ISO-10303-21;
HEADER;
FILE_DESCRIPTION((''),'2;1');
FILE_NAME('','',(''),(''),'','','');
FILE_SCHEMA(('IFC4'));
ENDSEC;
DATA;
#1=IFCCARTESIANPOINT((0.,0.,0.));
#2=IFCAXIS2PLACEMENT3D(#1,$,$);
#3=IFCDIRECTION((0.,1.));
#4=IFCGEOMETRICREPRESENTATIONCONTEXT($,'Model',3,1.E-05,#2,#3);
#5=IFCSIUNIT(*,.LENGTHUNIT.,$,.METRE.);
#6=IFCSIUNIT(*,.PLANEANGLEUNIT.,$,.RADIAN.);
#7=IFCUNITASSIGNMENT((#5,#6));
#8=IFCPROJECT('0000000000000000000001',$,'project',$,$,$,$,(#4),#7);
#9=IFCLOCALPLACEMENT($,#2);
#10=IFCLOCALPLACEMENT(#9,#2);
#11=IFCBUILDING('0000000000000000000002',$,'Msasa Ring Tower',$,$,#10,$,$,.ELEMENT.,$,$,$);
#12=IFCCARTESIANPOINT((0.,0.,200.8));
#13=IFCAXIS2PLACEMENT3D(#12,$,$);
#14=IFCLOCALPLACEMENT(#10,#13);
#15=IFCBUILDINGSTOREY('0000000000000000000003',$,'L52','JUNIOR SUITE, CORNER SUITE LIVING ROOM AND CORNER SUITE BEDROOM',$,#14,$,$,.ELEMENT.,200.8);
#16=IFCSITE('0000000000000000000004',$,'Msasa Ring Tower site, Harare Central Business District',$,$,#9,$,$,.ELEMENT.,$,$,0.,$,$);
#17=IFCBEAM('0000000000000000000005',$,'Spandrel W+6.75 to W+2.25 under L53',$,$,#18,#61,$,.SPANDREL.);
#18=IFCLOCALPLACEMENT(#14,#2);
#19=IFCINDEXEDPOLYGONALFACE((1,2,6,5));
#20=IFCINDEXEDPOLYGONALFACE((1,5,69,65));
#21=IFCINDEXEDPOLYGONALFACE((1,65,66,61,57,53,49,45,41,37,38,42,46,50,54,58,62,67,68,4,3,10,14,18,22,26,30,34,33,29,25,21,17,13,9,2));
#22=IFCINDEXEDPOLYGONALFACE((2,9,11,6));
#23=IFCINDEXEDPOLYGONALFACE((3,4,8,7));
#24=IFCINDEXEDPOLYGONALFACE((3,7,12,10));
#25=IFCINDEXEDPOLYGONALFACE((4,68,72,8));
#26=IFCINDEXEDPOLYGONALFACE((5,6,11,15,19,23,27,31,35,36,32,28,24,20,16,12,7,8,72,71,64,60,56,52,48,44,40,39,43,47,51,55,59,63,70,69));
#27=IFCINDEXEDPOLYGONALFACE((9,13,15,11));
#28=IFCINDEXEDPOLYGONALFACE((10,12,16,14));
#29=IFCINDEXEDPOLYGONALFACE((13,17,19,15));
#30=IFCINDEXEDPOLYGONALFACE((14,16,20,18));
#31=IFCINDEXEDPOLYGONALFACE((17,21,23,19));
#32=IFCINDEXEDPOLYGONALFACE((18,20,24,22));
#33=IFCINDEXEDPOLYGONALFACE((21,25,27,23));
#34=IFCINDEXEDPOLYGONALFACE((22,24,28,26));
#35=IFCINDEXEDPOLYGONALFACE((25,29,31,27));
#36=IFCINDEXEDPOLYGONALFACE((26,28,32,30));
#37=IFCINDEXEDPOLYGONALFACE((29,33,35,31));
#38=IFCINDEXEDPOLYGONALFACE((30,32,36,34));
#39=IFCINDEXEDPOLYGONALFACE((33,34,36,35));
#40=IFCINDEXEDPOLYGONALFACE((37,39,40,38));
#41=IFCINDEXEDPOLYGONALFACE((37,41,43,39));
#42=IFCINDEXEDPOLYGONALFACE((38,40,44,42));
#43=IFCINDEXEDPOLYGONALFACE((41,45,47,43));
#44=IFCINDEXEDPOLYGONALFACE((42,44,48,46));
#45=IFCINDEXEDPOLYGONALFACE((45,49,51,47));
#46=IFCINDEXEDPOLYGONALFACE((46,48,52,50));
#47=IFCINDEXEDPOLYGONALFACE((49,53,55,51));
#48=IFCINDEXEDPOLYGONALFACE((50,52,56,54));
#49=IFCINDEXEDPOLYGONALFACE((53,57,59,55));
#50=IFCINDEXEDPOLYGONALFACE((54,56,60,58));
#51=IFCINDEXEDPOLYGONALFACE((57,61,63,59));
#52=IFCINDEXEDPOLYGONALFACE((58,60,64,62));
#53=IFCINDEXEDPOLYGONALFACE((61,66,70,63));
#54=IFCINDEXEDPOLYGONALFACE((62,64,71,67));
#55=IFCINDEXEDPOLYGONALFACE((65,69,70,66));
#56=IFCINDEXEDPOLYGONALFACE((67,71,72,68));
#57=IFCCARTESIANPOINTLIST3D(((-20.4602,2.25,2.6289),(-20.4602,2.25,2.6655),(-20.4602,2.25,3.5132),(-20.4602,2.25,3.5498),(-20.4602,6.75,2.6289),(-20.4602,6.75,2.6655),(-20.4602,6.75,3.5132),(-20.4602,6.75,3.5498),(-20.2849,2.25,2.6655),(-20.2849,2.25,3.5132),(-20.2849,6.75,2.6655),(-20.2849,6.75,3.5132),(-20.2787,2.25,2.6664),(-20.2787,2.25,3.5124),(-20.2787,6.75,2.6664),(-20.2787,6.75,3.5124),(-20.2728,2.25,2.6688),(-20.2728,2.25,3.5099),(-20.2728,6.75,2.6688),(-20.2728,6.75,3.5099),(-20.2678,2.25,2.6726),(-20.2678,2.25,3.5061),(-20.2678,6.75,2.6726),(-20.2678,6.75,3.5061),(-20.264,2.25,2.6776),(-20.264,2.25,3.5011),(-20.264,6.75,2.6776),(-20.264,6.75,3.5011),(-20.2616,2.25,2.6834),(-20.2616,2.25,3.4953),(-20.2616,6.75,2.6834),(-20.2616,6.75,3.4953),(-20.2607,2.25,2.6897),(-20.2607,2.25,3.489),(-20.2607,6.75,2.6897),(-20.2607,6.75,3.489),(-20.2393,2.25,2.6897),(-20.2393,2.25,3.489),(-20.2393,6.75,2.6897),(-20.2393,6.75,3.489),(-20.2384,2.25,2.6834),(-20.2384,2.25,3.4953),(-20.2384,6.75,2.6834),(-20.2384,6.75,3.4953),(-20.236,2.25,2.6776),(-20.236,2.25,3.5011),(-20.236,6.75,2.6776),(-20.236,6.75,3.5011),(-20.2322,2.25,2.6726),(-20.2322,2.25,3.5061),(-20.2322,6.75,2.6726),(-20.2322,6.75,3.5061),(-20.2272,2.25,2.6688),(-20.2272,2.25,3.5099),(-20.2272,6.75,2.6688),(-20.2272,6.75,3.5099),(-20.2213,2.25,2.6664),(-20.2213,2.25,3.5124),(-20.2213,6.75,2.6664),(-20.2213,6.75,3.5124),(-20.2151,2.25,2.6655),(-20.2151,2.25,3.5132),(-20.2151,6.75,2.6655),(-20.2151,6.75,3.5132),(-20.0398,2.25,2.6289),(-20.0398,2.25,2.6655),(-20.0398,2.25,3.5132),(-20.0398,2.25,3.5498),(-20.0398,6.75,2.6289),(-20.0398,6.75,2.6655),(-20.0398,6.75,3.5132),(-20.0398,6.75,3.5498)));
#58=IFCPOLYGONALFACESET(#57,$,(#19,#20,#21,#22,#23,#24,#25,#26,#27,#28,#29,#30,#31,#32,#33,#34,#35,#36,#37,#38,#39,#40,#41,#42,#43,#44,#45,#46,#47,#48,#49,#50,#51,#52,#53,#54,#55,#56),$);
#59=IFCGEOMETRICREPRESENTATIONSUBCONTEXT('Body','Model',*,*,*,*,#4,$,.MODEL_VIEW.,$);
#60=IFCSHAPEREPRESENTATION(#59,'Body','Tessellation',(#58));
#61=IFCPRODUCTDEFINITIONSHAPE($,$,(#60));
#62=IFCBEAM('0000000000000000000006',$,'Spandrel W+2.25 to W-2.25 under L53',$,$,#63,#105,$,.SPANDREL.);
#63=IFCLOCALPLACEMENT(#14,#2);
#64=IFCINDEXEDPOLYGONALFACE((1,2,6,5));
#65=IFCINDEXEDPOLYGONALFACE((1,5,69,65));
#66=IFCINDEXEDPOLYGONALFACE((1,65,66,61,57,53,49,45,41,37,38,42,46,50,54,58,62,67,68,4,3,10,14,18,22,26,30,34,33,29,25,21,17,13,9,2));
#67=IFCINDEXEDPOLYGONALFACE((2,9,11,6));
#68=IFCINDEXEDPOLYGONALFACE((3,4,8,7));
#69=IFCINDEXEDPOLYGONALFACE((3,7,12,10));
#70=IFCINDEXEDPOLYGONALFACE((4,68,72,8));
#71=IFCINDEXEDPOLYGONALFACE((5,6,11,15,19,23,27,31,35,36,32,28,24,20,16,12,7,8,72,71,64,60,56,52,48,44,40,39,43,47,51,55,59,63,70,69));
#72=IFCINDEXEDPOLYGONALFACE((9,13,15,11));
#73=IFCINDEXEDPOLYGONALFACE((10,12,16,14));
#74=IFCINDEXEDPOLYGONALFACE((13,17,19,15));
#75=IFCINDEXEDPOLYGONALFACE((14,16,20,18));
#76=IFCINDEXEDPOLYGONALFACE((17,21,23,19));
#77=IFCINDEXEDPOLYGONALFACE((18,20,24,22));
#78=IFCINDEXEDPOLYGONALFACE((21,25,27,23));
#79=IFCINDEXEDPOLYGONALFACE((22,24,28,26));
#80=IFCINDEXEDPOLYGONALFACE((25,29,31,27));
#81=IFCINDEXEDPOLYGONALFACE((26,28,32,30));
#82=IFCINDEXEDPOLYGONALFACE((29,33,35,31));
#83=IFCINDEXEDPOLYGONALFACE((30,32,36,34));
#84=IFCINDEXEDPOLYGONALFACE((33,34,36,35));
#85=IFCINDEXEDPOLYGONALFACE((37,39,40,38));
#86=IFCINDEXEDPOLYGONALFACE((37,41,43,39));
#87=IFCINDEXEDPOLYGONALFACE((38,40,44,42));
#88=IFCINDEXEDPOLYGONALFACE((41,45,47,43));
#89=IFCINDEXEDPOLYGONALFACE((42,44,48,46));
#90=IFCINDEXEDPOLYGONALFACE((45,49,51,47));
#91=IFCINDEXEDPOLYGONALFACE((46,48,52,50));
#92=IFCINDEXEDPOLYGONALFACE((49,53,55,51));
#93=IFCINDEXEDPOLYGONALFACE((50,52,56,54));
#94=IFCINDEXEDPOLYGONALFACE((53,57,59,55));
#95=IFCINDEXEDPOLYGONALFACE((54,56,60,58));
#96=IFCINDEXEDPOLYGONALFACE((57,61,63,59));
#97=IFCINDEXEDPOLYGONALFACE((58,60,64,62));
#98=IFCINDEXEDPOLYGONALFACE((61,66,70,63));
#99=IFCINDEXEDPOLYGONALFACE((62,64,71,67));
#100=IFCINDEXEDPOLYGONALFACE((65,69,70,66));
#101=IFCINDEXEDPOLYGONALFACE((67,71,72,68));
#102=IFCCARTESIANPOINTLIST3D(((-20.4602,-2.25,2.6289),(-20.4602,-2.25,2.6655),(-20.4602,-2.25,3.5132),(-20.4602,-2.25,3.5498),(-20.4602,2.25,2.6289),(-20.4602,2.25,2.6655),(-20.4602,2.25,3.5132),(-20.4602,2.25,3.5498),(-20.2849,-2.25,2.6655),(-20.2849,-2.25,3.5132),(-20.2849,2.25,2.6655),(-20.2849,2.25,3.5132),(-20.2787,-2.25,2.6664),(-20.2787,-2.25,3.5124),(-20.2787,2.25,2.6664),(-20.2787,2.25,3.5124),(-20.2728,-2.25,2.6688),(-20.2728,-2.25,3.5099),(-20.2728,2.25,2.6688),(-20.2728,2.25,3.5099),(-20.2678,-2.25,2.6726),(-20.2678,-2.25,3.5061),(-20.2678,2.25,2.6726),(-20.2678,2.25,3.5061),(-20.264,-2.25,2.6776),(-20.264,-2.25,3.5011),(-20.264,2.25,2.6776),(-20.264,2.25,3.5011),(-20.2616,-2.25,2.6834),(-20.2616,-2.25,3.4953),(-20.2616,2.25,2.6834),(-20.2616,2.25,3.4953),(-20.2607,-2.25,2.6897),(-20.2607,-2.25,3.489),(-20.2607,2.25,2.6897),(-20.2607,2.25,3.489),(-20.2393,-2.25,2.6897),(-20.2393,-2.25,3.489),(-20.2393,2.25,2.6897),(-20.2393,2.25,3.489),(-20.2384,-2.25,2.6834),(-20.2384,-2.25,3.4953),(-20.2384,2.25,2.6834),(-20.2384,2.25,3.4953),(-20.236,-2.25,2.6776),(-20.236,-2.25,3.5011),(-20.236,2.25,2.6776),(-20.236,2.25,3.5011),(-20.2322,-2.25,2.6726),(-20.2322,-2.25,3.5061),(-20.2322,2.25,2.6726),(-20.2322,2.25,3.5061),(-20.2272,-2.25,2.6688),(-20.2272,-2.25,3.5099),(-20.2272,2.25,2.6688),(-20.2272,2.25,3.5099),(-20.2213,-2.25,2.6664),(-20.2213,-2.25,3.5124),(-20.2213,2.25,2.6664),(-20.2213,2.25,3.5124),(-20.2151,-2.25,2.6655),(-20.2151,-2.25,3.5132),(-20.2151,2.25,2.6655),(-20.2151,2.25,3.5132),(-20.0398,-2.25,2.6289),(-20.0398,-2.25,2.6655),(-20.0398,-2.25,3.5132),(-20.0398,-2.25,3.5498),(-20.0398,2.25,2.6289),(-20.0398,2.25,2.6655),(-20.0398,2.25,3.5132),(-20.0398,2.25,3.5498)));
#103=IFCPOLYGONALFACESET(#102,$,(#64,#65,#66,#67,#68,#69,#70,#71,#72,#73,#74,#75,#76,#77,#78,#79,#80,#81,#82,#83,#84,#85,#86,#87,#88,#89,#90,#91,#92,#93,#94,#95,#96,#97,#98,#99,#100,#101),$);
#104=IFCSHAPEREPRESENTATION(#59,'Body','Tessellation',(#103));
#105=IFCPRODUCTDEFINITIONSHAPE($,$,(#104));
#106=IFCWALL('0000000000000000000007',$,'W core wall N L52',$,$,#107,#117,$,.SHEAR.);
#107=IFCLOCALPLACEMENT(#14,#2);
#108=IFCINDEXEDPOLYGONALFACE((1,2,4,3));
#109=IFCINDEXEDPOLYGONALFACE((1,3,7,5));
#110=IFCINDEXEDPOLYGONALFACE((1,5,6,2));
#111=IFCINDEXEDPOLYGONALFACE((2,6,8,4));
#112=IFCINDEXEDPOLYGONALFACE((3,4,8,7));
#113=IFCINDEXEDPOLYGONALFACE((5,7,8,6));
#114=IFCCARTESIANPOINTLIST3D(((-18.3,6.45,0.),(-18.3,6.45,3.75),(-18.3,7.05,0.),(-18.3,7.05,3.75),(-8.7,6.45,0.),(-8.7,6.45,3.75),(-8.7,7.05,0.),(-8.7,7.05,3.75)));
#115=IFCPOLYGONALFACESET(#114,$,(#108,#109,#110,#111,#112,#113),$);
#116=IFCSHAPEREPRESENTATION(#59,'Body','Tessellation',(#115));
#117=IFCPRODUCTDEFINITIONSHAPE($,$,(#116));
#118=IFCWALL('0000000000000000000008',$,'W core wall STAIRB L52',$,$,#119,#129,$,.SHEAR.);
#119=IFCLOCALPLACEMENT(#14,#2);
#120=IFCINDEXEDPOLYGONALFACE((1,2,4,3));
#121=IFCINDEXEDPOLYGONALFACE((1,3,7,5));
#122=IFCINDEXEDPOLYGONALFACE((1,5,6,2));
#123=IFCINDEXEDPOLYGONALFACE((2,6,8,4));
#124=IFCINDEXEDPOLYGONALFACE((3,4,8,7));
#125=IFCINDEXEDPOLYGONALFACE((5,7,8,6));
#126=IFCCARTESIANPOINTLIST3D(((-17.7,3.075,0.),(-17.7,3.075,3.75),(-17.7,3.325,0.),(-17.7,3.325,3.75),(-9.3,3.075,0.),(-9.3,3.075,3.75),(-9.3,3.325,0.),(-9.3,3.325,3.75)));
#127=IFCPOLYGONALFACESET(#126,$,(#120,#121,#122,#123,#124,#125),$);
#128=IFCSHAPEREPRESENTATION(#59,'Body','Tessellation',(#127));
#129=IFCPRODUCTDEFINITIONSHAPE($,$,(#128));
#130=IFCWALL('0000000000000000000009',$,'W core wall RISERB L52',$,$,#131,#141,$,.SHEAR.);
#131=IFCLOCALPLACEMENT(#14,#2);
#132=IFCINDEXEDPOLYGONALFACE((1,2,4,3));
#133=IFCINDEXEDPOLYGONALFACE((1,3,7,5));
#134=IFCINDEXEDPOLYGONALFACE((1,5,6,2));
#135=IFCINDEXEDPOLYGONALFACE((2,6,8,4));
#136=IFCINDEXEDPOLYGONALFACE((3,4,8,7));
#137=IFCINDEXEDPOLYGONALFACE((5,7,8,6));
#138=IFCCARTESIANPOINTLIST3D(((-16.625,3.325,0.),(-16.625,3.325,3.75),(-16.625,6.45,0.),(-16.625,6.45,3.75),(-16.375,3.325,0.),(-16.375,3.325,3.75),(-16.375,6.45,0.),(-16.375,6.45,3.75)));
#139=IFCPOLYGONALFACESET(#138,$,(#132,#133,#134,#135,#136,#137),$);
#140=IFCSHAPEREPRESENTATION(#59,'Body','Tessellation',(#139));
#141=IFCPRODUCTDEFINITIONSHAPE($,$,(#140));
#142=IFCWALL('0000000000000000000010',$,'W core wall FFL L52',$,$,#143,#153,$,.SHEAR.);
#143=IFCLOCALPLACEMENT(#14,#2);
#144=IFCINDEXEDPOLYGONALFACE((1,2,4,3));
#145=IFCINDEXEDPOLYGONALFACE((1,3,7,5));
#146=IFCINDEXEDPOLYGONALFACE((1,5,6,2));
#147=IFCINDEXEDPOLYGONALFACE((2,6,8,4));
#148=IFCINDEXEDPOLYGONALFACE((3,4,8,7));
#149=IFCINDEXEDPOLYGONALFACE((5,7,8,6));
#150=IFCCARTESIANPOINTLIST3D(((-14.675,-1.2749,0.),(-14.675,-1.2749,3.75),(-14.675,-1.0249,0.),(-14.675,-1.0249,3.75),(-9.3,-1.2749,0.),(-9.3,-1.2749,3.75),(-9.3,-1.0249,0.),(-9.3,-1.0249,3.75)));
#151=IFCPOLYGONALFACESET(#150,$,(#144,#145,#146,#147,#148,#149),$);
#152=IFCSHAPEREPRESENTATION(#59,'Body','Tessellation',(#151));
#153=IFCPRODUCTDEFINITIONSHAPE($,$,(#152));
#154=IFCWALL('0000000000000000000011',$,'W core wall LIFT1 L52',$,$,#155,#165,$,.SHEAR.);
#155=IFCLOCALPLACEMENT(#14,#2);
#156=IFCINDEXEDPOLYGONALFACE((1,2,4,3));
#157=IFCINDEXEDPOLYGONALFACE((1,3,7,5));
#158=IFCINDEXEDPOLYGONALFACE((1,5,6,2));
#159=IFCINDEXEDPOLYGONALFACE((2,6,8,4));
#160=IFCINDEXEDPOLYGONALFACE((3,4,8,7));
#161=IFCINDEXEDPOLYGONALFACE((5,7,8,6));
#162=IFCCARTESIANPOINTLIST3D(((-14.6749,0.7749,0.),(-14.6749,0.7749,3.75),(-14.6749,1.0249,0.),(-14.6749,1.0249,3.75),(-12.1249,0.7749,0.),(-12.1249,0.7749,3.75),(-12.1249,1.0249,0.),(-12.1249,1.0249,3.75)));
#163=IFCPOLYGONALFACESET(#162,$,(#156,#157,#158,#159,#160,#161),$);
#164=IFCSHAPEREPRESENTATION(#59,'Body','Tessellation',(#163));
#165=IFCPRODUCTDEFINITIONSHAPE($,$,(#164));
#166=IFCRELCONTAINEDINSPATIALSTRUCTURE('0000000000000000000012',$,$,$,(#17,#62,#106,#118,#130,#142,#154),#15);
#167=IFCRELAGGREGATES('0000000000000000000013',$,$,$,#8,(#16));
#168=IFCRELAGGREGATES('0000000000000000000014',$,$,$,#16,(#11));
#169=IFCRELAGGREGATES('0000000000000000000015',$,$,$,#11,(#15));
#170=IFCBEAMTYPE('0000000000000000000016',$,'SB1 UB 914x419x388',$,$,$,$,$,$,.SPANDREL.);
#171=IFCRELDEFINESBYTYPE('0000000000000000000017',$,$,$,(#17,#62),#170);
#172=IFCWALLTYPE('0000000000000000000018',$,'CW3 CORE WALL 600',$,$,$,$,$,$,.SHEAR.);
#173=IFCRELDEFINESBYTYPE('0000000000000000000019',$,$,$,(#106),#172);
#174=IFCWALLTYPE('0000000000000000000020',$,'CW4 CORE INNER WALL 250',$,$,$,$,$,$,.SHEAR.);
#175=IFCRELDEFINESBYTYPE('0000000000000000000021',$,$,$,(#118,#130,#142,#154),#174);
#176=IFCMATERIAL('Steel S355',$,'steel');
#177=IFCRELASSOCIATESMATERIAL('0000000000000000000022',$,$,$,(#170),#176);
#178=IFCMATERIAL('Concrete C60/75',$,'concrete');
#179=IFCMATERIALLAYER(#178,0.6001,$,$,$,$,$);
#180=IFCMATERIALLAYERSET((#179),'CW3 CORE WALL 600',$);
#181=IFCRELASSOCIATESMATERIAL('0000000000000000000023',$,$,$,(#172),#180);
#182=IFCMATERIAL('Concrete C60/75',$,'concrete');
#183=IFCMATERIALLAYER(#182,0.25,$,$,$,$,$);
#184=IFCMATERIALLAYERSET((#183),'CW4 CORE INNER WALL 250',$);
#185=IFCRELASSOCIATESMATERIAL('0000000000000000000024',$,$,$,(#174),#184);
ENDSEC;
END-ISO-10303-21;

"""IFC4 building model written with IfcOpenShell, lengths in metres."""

from ifc_helpers import new_model, si_unit, direction, frame, frame_2d, origin, origin_2d, place, context, subcontext, project, spatial, rectangle, i_section, extrude, material, layer, layer_set, material_profile, profile_set, type_object, element, save


model = new_model("IFC4")

# Units and contexts
model_context = context("Model", 3, precision=1e-05, world=origin(), true_north=direction((0.0, 1.0)))
body_context = subcontext(model_context, "Body", "Model", "MODEL_VIEW")
ifc_project = project(units=[si_unit("LENGTHUNIT", "METRE"), si_unit("PLANEANGLEUNIT", "RADIAN")], contexts=[model_context])

# Site, building, storey
site_placement = place(None, origin())
site = spatial("IfcSite", under=ifc_project, at=site_placement, Name="Msasa Ring Tower site, Harare Central Business District", CompositionType="ELEMENT", RefElevation=0.0)
building_placement = place(site_placement, origin())
building = spatial("IfcBuilding", under=site, at=building_placement, Name="Msasa Ring Tower", CompositionType="ELEMENT")
storey_placement = place(building_placement, frame((0.0, 0.0, 200.8)))
storey = spatial("IfcBuildingStorey", under=building, at=storey_placement, Name="L52", Description="JUNIOR SUITE, CORNER SUITE LIVING ROOM AND CORNER SUITE BEDROOM", CompositionType="ELEMENT", Elevation=200.8)

# Beams
ifc_material_1 = material(Name="Steel S355", Category="steel")
ifc_material_profile_1 = material_profile(ifc_material_1, i_section(OverallWidth=0.4204, OverallDepth=0.9209, WebThickness=0.0215, FlangeThickness=0.0366, FilletRadius=0.0242, at=origin_2d()), Name="UB 914x419x388")
ifc_profile_set_1 = profile_set([ifc_material_profile_1], Name="Steel S355")
beam_type_1 = type_object("IfcBeamType", Name="SB1 UB 914x419x388", PredefinedType="SPANDREL", material=ifc_profile_set_1)
for number, where, z_axis, x_axis, name in (
    (1, (-20.25, 6.75, 3.0894), (0.0, -1.0, 0.0), (1.0, 0.0, 0.0), "Spandrel W+6.75 to W+2.25 under L53"),
    (2, (-20.25, 2.25, 3.0894), (0.0, -1.0, 0.0), (1.0, 0.0, 0.0), "Spandrel W+2.25 to W-2.25 under L53"),
):
    element("IfcBeam", number, at=place(storey_placement, frame(where, z_axis=z_axis, x_axis=x_axis)), inside=storey, type_object=beam_type_1, Name=name, PredefinedType="SPANDREL", context=body_context, shape_type="SweptSolid", body=[
        extrude(i_section(OverallWidth=0.4204, OverallDepth=0.9209, WebThickness=0.0215, FlangeThickness=0.0366, FilletRadius=0.0242, at=origin_2d()), origin(), (0.0, 0.0, 1.0), 4.5),
    ])

# Walls
ifc_material_2 = material(Name="Concrete C60/75", Category="concrete")
ifc_layer_1 = layer(ifc_material_2, 0.6001)
ifc_layer_set_1 = layer_set([ifc_layer_1], Name="CW3 CORE WALL 600")
wall_type_1 = type_object("IfcWallType", Name="CW3 CORE WALL 600", PredefinedType="SHEAR", material=ifc_layer_set_1)
wall_1_placement = place(storey_placement, frame((-8.7, 6.75, 0.0), z_axis=(0.0, 0.0, 1.0), x_axis=(-1.0, 0.0, 0.0)))
element("IfcWall", 3, at=wall_1_placement, inside=storey, type_object=wall_type_1, Name="W core wall N L52", PredefinedType="SHEAR", context=body_context, shape_type="SweptSolid", body=[
    extrude(rectangle(XDim=9.6001, YDim=0.6001, at=frame_2d((4.8, 0.0))), origin(), (0.0, 0.0, 1.0), 3.75),
])
ifc_material_3 = material(Name="Concrete C60/75", Category="concrete")
ifc_layer_2 = layer(ifc_material_3, 0.25)
ifc_layer_set_2 = layer_set([ifc_layer_2], Name="CW4 CORE INNER WALL 250")
wall_type_2 = type_object("IfcWallType", Name="CW4 CORE INNER WALL 250", PredefinedType="SHEAR", material=ifc_layer_set_2)
wall_2_placement = place(storey_placement, frame((-9.3, 3.2, 0.0), z_axis=(0.0, 0.0, 1.0), x_axis=(-1.0, 0.0, 0.0)))
element("IfcWall", 4, at=wall_2_placement, inside=storey, type_object=wall_type_2, Name="W core wall STAIRB L52", PredefinedType="SHEAR", context=body_context, shape_type="SweptSolid", body=[
    extrude(rectangle(XDim=8.3999, YDim=0.25, at=frame_2d((4.2, 0.0))), origin(), (0.0, 0.0, 1.0), 3.75),
])
wall_3_placement = place(storey_placement, frame((-16.5, 3.325, 0.0), z_axis=(0.0, 0.0, 1.0), x_axis=(0.0, 1.0, 0.0)))
element("IfcWall", 5, at=wall_3_placement, inside=storey, type_object=wall_type_2, Name="W core wall RISERB L52", PredefinedType="SHEAR", context=body_context, shape_type="SweptSolid", body=[
    extrude(rectangle(XDim=3.125, YDim=0.25, at=frame_2d((1.5625, 0.0))), origin(), (0.0, 0.0, 1.0), 3.75),
])
wall_4_placement = place(storey_placement, frame((-9.3, -1.1499, 0.0), z_axis=(0.0, 0.0, 1.0), x_axis=(-1.0, 0.0, 0.0)))
element("IfcWall", 6, at=wall_4_placement, inside=storey, type_object=wall_type_2, Name="W core wall FFL L52", PredefinedType="SHEAR", context=body_context, shape_type="SweptSolid", body=[
    extrude(rectangle(XDim=5.375, YDim=0.25, at=frame_2d((2.6875, 0.0))), origin(), (0.0, 0.0, 1.0), 3.75),
])
wall_5_placement = place(storey_placement, frame((-12.125, 0.8999, 0.0), z_axis=(0.0, 0.0, 1.0), x_axis=(-1.0, 0.0, 0.0)))
element("IfcWall", 7, at=wall_5_placement, inside=storey, type_object=wall_type_2, Name="W core wall LIFT1 L52", PredefinedType="SHEAR", context=body_context, shape_type="SweptSolid", body=[
    extrude(rectangle(XDim=2.55, YDim=0.25, at=frame_2d((1.2749, 0.0))), origin(), (0.0, 0.0, 1.0), 3.75),
])

save(model, "model.ifc")
